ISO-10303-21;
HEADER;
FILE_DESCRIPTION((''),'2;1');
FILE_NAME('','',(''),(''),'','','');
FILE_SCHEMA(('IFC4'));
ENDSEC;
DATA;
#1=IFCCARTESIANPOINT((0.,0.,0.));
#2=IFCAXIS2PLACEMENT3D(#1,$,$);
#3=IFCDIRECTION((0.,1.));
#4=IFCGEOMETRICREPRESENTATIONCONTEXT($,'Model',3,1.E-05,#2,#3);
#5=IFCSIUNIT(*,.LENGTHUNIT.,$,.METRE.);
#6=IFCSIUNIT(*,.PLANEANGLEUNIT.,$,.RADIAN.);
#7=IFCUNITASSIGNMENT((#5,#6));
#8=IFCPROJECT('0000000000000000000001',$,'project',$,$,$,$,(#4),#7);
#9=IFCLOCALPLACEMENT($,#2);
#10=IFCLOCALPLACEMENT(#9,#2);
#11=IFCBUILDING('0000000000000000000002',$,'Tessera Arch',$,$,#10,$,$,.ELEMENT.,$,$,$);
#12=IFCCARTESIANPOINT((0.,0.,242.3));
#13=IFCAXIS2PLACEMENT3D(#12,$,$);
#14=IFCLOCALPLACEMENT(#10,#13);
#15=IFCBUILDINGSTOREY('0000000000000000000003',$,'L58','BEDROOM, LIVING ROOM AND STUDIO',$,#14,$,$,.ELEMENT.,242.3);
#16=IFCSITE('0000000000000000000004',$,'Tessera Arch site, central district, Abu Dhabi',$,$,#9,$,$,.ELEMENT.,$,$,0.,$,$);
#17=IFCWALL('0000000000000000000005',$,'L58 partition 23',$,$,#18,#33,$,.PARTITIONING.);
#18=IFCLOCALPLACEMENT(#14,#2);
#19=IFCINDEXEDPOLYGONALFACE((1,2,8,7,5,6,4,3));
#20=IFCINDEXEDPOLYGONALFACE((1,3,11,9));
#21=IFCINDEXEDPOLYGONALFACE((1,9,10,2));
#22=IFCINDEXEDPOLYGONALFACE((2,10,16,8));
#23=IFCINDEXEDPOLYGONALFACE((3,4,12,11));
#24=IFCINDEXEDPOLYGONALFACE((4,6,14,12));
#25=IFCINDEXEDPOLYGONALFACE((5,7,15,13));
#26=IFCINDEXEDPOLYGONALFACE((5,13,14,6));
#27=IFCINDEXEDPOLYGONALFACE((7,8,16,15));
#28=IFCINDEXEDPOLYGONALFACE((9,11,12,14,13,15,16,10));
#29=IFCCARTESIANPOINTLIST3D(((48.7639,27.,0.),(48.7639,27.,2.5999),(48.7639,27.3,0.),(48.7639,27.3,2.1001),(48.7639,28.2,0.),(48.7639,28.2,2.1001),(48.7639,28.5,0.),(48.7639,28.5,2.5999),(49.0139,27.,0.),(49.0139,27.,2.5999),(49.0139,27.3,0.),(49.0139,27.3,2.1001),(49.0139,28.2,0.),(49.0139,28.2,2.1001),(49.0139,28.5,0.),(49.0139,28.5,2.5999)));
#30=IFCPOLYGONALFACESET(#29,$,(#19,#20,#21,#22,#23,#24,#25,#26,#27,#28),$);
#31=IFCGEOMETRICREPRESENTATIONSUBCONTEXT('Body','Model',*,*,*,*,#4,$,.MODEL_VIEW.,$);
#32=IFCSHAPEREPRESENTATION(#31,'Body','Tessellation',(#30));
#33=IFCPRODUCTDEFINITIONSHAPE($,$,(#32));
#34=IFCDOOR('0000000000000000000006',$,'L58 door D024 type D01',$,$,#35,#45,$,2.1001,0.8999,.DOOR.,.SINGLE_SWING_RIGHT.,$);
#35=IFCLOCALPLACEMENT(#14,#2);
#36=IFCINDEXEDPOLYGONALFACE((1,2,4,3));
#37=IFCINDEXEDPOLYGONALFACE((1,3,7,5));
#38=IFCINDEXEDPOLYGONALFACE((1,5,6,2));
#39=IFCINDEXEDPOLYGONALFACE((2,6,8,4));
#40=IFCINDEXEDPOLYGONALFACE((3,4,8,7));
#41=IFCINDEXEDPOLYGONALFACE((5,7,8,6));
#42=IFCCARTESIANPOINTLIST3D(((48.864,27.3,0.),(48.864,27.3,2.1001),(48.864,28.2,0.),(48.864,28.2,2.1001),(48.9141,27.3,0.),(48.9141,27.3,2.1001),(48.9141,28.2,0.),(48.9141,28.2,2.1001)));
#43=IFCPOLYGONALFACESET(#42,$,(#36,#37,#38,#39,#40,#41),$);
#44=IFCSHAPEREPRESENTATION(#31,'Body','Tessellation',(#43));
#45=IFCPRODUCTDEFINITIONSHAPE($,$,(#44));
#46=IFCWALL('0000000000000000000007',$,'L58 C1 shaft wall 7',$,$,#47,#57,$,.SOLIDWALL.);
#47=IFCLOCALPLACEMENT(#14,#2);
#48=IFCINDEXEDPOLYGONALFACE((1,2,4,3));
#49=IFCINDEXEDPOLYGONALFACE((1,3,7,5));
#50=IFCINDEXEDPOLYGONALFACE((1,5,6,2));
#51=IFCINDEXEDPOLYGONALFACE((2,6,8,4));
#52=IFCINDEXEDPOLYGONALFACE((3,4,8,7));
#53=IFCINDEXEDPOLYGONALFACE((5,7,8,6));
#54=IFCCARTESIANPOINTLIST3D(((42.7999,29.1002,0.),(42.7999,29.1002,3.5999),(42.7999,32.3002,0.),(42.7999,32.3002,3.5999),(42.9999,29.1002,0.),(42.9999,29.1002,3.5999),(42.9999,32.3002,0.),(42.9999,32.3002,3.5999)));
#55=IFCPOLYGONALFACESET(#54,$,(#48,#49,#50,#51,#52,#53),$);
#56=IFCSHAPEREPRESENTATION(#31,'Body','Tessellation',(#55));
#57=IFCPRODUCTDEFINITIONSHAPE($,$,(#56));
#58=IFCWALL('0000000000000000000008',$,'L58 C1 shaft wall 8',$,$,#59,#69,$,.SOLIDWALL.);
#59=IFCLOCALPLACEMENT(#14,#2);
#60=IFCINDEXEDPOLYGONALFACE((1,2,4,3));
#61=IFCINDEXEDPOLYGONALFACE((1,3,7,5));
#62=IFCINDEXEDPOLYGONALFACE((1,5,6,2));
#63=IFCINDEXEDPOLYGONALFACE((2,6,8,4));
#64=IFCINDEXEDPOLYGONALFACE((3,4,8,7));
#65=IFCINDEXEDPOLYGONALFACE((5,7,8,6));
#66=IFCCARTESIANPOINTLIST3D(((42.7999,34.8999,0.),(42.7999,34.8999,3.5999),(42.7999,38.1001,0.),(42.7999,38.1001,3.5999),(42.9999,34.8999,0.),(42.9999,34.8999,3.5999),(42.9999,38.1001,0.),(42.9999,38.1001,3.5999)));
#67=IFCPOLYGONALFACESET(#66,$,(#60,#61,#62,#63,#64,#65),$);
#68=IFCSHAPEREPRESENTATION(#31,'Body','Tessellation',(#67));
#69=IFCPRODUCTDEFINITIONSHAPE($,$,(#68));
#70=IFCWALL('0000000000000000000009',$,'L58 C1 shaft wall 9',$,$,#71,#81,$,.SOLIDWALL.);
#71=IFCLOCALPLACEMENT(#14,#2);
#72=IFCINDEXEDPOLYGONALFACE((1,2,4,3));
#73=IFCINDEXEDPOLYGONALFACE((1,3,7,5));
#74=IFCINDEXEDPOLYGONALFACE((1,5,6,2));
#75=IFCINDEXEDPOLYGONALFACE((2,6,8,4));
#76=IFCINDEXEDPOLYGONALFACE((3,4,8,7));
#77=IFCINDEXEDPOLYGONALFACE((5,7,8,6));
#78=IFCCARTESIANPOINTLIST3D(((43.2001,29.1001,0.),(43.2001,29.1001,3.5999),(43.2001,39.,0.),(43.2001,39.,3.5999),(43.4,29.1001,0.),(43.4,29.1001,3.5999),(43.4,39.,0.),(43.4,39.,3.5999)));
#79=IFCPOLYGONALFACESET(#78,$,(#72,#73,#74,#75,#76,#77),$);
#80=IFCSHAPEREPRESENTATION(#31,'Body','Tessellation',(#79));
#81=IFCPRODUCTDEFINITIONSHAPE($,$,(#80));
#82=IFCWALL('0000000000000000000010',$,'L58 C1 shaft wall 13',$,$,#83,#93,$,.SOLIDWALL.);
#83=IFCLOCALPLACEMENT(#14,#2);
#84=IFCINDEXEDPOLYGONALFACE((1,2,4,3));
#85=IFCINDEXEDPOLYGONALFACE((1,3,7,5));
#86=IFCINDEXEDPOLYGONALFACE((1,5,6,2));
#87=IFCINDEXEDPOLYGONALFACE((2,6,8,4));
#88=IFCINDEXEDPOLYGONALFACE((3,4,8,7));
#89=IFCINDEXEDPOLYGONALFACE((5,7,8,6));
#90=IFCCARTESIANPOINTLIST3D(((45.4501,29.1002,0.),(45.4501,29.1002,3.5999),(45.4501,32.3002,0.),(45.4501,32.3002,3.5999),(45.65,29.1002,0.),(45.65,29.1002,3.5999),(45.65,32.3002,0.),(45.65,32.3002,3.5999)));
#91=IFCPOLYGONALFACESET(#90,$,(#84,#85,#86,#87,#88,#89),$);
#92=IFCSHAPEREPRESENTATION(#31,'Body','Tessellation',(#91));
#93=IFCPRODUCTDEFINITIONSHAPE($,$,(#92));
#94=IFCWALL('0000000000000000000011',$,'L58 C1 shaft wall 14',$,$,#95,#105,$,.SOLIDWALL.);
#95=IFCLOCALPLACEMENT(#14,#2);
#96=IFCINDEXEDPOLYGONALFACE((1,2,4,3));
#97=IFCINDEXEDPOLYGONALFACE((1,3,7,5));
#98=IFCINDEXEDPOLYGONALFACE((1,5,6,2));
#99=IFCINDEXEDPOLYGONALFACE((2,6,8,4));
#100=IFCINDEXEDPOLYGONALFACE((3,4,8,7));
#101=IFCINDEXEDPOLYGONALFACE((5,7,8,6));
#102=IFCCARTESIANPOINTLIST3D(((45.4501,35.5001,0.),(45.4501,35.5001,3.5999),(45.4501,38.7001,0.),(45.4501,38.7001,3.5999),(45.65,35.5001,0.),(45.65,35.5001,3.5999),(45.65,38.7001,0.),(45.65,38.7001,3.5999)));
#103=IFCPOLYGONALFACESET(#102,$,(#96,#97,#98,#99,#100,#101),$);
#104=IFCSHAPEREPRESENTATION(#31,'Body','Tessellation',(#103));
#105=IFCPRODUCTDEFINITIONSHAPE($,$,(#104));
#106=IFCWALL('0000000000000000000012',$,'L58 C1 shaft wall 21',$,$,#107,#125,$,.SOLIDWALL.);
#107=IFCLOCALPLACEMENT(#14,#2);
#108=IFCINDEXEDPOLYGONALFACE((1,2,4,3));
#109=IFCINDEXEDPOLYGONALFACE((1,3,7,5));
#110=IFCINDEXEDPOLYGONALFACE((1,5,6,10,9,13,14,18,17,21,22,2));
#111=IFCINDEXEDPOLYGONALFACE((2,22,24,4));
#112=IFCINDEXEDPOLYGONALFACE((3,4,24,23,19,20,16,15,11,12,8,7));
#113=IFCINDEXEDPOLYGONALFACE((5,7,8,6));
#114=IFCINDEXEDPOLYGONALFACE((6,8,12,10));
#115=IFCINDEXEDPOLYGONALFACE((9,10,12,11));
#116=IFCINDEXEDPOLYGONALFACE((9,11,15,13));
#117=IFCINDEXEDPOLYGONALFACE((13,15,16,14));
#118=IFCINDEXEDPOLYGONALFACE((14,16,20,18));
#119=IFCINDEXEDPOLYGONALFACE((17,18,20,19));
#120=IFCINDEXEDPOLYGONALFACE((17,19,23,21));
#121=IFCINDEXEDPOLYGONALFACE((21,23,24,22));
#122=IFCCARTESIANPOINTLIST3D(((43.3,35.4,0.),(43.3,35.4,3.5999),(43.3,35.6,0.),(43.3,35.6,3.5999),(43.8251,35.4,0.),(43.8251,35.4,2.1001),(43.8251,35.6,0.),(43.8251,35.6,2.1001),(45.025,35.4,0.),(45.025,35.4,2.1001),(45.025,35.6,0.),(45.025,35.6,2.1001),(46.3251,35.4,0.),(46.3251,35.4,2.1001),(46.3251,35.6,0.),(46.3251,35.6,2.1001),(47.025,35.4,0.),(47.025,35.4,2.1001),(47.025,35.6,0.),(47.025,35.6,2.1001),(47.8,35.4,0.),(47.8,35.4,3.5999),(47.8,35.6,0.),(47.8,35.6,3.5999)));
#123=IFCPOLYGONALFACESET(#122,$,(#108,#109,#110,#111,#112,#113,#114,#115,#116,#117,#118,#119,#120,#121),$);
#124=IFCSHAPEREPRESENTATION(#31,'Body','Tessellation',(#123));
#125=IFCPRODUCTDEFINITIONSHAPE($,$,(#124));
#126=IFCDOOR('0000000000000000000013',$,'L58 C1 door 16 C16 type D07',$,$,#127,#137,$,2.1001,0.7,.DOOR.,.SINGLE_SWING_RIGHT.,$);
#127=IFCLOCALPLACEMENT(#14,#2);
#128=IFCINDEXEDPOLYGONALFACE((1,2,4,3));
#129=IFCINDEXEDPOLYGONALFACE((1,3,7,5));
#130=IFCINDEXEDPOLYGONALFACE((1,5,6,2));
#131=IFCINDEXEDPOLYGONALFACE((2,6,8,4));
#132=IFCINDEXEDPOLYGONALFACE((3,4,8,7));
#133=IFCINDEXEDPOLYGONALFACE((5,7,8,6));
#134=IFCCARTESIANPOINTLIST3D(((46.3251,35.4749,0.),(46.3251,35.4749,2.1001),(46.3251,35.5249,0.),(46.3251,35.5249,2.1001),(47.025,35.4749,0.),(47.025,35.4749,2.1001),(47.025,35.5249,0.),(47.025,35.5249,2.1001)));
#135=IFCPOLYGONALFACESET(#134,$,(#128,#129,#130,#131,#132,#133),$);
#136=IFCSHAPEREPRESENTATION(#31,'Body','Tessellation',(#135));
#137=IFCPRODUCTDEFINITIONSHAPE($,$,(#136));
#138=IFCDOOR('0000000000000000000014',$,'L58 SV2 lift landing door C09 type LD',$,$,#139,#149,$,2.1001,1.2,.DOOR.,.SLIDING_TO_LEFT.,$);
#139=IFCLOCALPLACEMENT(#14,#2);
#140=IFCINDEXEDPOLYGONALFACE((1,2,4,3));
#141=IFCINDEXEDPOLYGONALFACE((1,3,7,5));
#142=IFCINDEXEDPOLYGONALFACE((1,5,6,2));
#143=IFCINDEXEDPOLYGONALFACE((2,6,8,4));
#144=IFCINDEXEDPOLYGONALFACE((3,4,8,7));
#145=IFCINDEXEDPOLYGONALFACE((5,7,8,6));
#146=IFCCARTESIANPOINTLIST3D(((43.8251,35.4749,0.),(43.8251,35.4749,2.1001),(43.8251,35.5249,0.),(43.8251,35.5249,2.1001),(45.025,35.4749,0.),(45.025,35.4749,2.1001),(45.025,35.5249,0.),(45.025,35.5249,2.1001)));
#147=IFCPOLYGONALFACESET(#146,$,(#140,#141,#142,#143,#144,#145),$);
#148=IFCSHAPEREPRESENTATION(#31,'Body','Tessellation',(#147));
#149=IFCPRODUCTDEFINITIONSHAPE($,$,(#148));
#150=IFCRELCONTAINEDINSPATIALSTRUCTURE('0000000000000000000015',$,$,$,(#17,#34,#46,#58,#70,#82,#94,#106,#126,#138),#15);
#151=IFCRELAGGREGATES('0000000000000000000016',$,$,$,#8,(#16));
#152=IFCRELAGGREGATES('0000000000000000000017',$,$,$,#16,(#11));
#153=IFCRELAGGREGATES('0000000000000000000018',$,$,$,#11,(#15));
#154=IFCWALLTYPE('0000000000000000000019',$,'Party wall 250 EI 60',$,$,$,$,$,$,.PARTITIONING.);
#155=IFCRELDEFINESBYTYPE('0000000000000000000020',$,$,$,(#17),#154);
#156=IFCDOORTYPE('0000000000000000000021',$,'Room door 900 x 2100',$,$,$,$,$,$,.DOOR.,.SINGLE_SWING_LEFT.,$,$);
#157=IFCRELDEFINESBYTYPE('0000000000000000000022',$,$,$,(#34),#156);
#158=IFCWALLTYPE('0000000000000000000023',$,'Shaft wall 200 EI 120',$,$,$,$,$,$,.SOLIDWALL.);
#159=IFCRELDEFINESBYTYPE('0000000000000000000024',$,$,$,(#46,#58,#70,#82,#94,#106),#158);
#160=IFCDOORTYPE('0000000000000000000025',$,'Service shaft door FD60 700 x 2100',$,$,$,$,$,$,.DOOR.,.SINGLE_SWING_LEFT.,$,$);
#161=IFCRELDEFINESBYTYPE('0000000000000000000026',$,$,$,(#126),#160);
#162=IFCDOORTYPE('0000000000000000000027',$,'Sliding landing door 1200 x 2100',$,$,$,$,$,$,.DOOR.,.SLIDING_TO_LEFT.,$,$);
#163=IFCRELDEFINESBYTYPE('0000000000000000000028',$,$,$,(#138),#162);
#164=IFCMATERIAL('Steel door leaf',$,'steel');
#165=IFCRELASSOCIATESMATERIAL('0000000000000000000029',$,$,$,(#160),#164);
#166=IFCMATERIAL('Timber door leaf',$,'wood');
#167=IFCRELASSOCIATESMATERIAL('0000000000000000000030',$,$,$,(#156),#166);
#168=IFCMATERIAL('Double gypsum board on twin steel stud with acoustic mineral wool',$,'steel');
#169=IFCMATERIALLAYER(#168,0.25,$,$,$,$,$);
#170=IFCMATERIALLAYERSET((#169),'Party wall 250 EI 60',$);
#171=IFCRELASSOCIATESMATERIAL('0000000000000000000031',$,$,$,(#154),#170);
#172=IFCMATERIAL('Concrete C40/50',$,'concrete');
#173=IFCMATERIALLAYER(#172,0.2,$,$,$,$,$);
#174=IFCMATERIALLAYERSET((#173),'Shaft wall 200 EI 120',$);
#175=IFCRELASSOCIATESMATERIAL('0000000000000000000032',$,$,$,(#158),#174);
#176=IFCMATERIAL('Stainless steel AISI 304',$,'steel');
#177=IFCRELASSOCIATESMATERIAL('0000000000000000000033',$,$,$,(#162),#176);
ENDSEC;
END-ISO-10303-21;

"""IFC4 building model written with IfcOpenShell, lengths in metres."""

from ifc_helpers import new_model, si_unit, direction, frame, frame_2d, origin, place, context, subcontext, project, spatial, rectangle, extrude, material, layer, layer_set, type_object, element, fill, save


model = new_model("IFC4")

# Units and contexts
model_context = context("Model", 3, precision=1e-05, world=origin(), true_north=direction((0.0, 1.0)))
body_context = subcontext(model_context, "Body", "Model", "MODEL_VIEW")
ifc_project = project(units=[si_unit("LENGTHUNIT", "METRE"), si_unit("PLANEANGLEUNIT", "RADIAN")], contexts=[model_context])

# Site, building, storey
site_placement = place(None, origin())
site = spatial("IfcSite", under=ifc_project, at=site_placement, Name="Tessera Arch site, central district, Abu Dhabi", CompositionType="ELEMENT", RefElevation=0.0)
building_placement = place(site_placement, origin())
building = spatial("IfcBuilding", under=site, at=building_placement, Name="Tessera Arch", CompositionType="ELEMENT")
storey_placement = place(building_placement, frame((0.0, 0.0, 242.3)))
storey = spatial("IfcBuildingStorey", under=building, at=storey_placement, Name="L58", Description="BEDROOM, LIVING ROOM AND STUDIO", CompositionType="ELEMENT", Elevation=242.3)

# Shared definitions
ifc_material_1 = material(Name="Steel door leaf", Category="steel")
door_type_1 = type_object("IfcDoorType", Name="Service shaft door FD60 700 x 2100", OperationType="SINGLE_SWING_LEFT", PredefinedType="DOOR", material=ifc_material_1)

# Shared definitions
ifc_material_2 = material(Name="Timber door leaf", Category="wood")
door_type_2 = type_object("IfcDoorType", Name="Room door 900 x 2100", OperationType="SINGLE_SWING_LEFT", PredefinedType="DOOR", material=ifc_material_2)

# Wall, opening, door
ifc_material_3 = material(Name="Double gypsum board on twin steel stud with acoustic mineral wool", Category="steel")
ifc_layer_1 = layer(ifc_material_3, 0.25)
ifc_layer_set_1 = layer_set([ifc_layer_1], Name="Party wall 250 EI 60")
wall_type_1 = type_object("IfcWallType", Name="Party wall 250 EI 60", PredefinedType="PARTITIONING", material=ifc_layer_set_1)
wall_1_placement = place(storey_placement, frame((48.8889, 27.0, 0.0), z_axis=(0.0, 0.0, 1.0), x_axis=(0.0, 1.0, 0.0)))
wall_1 = element("IfcWall", 1, at=wall_1_placement, inside=storey, type_object=wall_type_1, Name="L58 partition 23", PredefinedType="PARTITIONING", context=body_context, shape_type="SweptSolid", body=[
    extrude(rectangle(XDim=1.5, YDim=0.25, at=frame_2d((0.75, 0.0))), origin(), (0.0, 0.0, 1.0), 2.5999),
])
opening_1_placement = place(wall_1_placement, frame((0.3, 0.0, 0.0)))
opening_1 = element("IfcOpeningElement", 2, at=opening_1_placement, cuts=wall_1, PredefinedType="OPENING", context=body_context, shape_type="SweptSolid", body=[
    extrude(rectangle(XDim=0.8999, YDim=2.1001, at=frame_2d((0.45, 1.05))), frame((0.0, 0.135, 0.0), z_axis=(0.0, -1.0, 0.0), x_axis=(1.0, 0.0, 0.0)), (0.0, 0.0, 1.0), 0.27),
])
door_1_placement = place(opening_1_placement, origin())
door_1 = element("IfcDoor", 3, at=door_1_placement, inside=storey, type_object=door_type_2, Name="L58 door D024 type D01", OperationType="SINGLE_SWING_RIGHT", OverallHeight=2.1001, OverallWidth=0.8999, PredefinedType="DOOR", context=body_context, shape_type="SweptSolid", body=[
    extrude(rectangle(XDim=0.8999, YDim=2.1001, at=frame_2d((0.45, 1.05))), frame((0.0, 0.0249, 0.0), z_axis=(0.0, -1.0, 0.0), x_axis=(1.0, 0.0, 0.0)), (0.0, 0.0, 1.0), 0.05),
])
fill(opening_1, door_1)

# Walls
ifc_material_4 = material(Name="Concrete C40/50", Category="concrete")
ifc_layer_2 = layer(ifc_material_4, 0.2)
ifc_layer_set_2 = layer_set([ifc_layer_2], Name="Shaft wall 200 EI 120")
wall_type_2 = type_object("IfcWallType", Name="Shaft wall 200 EI 120", PredefinedType="SOLIDWALL", material=ifc_layer_set_2)
wall_2_placement = place(storey_placement, frame((42.8999, 29.1001, 0.0), z_axis=(0.0, 0.0, 1.0), x_axis=(0.0, 1.0, 0.0)))
element("IfcWall", 4, at=wall_2_placement, inside=storey, type_object=wall_type_2, Name="L58 C1 shaft wall 7", PredefinedType="SOLIDWALL", context=body_context, shape_type="SweptSolid", body=[
    extrude(rectangle(XDim=3.2, YDim=0.2, at=frame_2d((1.6001, 0.0))), origin(), (0.0, 0.0, 1.0), 3.5999),
])
wall_3_placement = place(storey_placement, frame((42.8999, 34.8999, 0.0), z_axis=(0.0, 0.0, 1.0), x_axis=(0.0, 1.0, 0.0)))
element("IfcWall", 5, at=wall_3_placement, inside=storey, type_object=wall_type_2, Name="L58 C1 shaft wall 8", PredefinedType="SOLIDWALL", context=body_context, shape_type="SweptSolid", body=[
    extrude(rectangle(XDim=3.2002, YDim=0.2, at=frame_2d((1.6001, 0.0))), origin(), (0.0, 0.0, 1.0), 3.5999),
])
wall_4_placement = place(storey_placement, frame((43.3, 29.1001, 0.0), z_axis=(0.0, 0.0, 1.0), x_axis=(0.0, 1.0, 0.0)))
element("IfcWall", 6, at=wall_4_placement, inside=storey, type_object=wall_type_2, Name="L58 C1 shaft wall 9", PredefinedType="SOLIDWALL", context=body_context, shape_type="SweptSolid", body=[
    extrude(rectangle(XDim=9.8999, YDim=0.2, at=frame_2d((4.95, 0.0))), origin(), (0.0, 0.0, 1.0), 3.5999),
])
for number, where, z_axis, x_axis, name in (
    (7, (45.55, 29.1001, 0.0), (0.0, 0.0, 1.0), (0.0, 1.0, 0.0), "L58 C1 shaft wall 13"),
    (8, (45.55, 35.5, 0.0), (0.0, 0.0, 1.0), (0.0, 1.0, 0.0), "L58 C1 shaft wall 14"),
):
    element("IfcWall", number, at=place(storey_placement, frame(where, z_axis=z_axis, x_axis=x_axis)), inside=storey, type_object=wall_type_2, Name=name, PredefinedType="SOLIDWALL", context=body_context, shape_type="SweptSolid", body=[
        extrude(rectangle(XDim=3.2, YDim=0.2, at=frame_2d((1.6001, 0.0))), origin(), (0.0, 0.0, 1.0), 3.5999),
    ])

# Wall, openings, doors
wall_5_placement = place(storey_placement, frame((43.3, 35.5, 0.0), z_axis=(0.0, 0.0, 1.0), x_axis=(1.0, 0.0, 0.0)))
wall_5 = element("IfcWall", 9, at=wall_5_placement, inside=storey, type_object=wall_type_2, Name="L58 C1 shaft wall 21", PredefinedType="SOLIDWALL", context=body_context, shape_type="SweptSolid", body=[
    extrude(rectangle(XDim=4.5, YDim=0.2, at=frame_2d((2.25, 0.0))), origin(), (0.0, 0.0, 1.0), 3.5999),
])
opening_2_placement = place(wall_5_placement, frame((0.5249, 0.0, 0.0)))
opening_2 = element("IfcOpeningElement", 10, at=opening_2_placement, cuts=wall_5, PredefinedType="OPENING", context=body_context, shape_type="SweptSolid", body=[
    extrude(rectangle(XDim=1.2, YDim=2.1001, at=frame_2d((0.6001, 1.05))), frame((0.0, 0.1099, 0.0), z_axis=(0.0, -1.0, 0.0), x_axis=(1.0, 0.0, 0.0)), (0.0, 0.0, 1.0), 0.22),
])
opening_3_placement = place(wall_5_placement, frame((3.0249, 0.0, 0.0)))
opening_3 = element("IfcOpeningElement", 11, at=opening_3_placement, cuts=wall_5, PredefinedType="OPENING", context=body_context, shape_type="SweptSolid", body=[
    extrude(rectangle(XDim=0.7, YDim=2.1001, at=frame_2d((0.3501, 1.05))), frame((0.0, 0.1099, 0.0), z_axis=(0.0, -1.0, 0.0), x_axis=(1.0, 0.0, 0.0)), (0.0, 0.0, 1.0), 0.22),
])
door_2_placement = place(opening_3_placement, origin())
door_2 = element("IfcDoor", 12, at=door_2_placement, inside=storey, type_object=door_type_1, Name="L58 C1 door 16 C16 type D07", OperationType="SINGLE_SWING_RIGHT", OverallHeight=2.1001, OverallWidth=0.7, PredefinedType="DOOR", context=body_context, shape_type="SweptSolid", body=[
    extrude(rectangle(XDim=0.7, YDim=2.1001, at=frame_2d((0.3501, 1.05))), frame((0.0, 0.0249, 0.0), z_axis=(0.0, -1.0, 0.0), x_axis=(1.0, 0.0, 0.0)), (0.0, 0.0, 1.0), 0.05),
])
fill(opening_3, door_2)
ifc_material_5 = material(Name="Stainless steel AISI 304", Category="steel")
door_type_3 = type_object("IfcDoorType", Name="Sliding landing door 1200 x 2100", OperationType="SLIDING_TO_LEFT", PredefinedType="DOOR", material=ifc_material_5)
door_3_placement = place(opening_2_placement, origin())
door_3 = element("IfcDoor", 13, at=door_3_placement, inside=storey, type_object=door_type_3, Name="L58 SV2 lift landing door C09 type LD", OperationType="SLIDING_TO_LEFT", OverallHeight=2.1001, OverallWidth=1.2, PredefinedType="DOOR", context=body_context, shape_type="SweptSolid", body=[
    extrude(rectangle(XDim=1.2, YDim=2.1001, at=frame_2d((0.6001, 1.05))), frame((0.0, 0.0249, 0.0), z_axis=(0.0, -1.0, 0.0), x_axis=(1.0, 0.0, 0.0)), (0.0, 0.0, 1.0), 0.05),
])
fill(opening_2, door_3)

save(model, "model.ifc")
